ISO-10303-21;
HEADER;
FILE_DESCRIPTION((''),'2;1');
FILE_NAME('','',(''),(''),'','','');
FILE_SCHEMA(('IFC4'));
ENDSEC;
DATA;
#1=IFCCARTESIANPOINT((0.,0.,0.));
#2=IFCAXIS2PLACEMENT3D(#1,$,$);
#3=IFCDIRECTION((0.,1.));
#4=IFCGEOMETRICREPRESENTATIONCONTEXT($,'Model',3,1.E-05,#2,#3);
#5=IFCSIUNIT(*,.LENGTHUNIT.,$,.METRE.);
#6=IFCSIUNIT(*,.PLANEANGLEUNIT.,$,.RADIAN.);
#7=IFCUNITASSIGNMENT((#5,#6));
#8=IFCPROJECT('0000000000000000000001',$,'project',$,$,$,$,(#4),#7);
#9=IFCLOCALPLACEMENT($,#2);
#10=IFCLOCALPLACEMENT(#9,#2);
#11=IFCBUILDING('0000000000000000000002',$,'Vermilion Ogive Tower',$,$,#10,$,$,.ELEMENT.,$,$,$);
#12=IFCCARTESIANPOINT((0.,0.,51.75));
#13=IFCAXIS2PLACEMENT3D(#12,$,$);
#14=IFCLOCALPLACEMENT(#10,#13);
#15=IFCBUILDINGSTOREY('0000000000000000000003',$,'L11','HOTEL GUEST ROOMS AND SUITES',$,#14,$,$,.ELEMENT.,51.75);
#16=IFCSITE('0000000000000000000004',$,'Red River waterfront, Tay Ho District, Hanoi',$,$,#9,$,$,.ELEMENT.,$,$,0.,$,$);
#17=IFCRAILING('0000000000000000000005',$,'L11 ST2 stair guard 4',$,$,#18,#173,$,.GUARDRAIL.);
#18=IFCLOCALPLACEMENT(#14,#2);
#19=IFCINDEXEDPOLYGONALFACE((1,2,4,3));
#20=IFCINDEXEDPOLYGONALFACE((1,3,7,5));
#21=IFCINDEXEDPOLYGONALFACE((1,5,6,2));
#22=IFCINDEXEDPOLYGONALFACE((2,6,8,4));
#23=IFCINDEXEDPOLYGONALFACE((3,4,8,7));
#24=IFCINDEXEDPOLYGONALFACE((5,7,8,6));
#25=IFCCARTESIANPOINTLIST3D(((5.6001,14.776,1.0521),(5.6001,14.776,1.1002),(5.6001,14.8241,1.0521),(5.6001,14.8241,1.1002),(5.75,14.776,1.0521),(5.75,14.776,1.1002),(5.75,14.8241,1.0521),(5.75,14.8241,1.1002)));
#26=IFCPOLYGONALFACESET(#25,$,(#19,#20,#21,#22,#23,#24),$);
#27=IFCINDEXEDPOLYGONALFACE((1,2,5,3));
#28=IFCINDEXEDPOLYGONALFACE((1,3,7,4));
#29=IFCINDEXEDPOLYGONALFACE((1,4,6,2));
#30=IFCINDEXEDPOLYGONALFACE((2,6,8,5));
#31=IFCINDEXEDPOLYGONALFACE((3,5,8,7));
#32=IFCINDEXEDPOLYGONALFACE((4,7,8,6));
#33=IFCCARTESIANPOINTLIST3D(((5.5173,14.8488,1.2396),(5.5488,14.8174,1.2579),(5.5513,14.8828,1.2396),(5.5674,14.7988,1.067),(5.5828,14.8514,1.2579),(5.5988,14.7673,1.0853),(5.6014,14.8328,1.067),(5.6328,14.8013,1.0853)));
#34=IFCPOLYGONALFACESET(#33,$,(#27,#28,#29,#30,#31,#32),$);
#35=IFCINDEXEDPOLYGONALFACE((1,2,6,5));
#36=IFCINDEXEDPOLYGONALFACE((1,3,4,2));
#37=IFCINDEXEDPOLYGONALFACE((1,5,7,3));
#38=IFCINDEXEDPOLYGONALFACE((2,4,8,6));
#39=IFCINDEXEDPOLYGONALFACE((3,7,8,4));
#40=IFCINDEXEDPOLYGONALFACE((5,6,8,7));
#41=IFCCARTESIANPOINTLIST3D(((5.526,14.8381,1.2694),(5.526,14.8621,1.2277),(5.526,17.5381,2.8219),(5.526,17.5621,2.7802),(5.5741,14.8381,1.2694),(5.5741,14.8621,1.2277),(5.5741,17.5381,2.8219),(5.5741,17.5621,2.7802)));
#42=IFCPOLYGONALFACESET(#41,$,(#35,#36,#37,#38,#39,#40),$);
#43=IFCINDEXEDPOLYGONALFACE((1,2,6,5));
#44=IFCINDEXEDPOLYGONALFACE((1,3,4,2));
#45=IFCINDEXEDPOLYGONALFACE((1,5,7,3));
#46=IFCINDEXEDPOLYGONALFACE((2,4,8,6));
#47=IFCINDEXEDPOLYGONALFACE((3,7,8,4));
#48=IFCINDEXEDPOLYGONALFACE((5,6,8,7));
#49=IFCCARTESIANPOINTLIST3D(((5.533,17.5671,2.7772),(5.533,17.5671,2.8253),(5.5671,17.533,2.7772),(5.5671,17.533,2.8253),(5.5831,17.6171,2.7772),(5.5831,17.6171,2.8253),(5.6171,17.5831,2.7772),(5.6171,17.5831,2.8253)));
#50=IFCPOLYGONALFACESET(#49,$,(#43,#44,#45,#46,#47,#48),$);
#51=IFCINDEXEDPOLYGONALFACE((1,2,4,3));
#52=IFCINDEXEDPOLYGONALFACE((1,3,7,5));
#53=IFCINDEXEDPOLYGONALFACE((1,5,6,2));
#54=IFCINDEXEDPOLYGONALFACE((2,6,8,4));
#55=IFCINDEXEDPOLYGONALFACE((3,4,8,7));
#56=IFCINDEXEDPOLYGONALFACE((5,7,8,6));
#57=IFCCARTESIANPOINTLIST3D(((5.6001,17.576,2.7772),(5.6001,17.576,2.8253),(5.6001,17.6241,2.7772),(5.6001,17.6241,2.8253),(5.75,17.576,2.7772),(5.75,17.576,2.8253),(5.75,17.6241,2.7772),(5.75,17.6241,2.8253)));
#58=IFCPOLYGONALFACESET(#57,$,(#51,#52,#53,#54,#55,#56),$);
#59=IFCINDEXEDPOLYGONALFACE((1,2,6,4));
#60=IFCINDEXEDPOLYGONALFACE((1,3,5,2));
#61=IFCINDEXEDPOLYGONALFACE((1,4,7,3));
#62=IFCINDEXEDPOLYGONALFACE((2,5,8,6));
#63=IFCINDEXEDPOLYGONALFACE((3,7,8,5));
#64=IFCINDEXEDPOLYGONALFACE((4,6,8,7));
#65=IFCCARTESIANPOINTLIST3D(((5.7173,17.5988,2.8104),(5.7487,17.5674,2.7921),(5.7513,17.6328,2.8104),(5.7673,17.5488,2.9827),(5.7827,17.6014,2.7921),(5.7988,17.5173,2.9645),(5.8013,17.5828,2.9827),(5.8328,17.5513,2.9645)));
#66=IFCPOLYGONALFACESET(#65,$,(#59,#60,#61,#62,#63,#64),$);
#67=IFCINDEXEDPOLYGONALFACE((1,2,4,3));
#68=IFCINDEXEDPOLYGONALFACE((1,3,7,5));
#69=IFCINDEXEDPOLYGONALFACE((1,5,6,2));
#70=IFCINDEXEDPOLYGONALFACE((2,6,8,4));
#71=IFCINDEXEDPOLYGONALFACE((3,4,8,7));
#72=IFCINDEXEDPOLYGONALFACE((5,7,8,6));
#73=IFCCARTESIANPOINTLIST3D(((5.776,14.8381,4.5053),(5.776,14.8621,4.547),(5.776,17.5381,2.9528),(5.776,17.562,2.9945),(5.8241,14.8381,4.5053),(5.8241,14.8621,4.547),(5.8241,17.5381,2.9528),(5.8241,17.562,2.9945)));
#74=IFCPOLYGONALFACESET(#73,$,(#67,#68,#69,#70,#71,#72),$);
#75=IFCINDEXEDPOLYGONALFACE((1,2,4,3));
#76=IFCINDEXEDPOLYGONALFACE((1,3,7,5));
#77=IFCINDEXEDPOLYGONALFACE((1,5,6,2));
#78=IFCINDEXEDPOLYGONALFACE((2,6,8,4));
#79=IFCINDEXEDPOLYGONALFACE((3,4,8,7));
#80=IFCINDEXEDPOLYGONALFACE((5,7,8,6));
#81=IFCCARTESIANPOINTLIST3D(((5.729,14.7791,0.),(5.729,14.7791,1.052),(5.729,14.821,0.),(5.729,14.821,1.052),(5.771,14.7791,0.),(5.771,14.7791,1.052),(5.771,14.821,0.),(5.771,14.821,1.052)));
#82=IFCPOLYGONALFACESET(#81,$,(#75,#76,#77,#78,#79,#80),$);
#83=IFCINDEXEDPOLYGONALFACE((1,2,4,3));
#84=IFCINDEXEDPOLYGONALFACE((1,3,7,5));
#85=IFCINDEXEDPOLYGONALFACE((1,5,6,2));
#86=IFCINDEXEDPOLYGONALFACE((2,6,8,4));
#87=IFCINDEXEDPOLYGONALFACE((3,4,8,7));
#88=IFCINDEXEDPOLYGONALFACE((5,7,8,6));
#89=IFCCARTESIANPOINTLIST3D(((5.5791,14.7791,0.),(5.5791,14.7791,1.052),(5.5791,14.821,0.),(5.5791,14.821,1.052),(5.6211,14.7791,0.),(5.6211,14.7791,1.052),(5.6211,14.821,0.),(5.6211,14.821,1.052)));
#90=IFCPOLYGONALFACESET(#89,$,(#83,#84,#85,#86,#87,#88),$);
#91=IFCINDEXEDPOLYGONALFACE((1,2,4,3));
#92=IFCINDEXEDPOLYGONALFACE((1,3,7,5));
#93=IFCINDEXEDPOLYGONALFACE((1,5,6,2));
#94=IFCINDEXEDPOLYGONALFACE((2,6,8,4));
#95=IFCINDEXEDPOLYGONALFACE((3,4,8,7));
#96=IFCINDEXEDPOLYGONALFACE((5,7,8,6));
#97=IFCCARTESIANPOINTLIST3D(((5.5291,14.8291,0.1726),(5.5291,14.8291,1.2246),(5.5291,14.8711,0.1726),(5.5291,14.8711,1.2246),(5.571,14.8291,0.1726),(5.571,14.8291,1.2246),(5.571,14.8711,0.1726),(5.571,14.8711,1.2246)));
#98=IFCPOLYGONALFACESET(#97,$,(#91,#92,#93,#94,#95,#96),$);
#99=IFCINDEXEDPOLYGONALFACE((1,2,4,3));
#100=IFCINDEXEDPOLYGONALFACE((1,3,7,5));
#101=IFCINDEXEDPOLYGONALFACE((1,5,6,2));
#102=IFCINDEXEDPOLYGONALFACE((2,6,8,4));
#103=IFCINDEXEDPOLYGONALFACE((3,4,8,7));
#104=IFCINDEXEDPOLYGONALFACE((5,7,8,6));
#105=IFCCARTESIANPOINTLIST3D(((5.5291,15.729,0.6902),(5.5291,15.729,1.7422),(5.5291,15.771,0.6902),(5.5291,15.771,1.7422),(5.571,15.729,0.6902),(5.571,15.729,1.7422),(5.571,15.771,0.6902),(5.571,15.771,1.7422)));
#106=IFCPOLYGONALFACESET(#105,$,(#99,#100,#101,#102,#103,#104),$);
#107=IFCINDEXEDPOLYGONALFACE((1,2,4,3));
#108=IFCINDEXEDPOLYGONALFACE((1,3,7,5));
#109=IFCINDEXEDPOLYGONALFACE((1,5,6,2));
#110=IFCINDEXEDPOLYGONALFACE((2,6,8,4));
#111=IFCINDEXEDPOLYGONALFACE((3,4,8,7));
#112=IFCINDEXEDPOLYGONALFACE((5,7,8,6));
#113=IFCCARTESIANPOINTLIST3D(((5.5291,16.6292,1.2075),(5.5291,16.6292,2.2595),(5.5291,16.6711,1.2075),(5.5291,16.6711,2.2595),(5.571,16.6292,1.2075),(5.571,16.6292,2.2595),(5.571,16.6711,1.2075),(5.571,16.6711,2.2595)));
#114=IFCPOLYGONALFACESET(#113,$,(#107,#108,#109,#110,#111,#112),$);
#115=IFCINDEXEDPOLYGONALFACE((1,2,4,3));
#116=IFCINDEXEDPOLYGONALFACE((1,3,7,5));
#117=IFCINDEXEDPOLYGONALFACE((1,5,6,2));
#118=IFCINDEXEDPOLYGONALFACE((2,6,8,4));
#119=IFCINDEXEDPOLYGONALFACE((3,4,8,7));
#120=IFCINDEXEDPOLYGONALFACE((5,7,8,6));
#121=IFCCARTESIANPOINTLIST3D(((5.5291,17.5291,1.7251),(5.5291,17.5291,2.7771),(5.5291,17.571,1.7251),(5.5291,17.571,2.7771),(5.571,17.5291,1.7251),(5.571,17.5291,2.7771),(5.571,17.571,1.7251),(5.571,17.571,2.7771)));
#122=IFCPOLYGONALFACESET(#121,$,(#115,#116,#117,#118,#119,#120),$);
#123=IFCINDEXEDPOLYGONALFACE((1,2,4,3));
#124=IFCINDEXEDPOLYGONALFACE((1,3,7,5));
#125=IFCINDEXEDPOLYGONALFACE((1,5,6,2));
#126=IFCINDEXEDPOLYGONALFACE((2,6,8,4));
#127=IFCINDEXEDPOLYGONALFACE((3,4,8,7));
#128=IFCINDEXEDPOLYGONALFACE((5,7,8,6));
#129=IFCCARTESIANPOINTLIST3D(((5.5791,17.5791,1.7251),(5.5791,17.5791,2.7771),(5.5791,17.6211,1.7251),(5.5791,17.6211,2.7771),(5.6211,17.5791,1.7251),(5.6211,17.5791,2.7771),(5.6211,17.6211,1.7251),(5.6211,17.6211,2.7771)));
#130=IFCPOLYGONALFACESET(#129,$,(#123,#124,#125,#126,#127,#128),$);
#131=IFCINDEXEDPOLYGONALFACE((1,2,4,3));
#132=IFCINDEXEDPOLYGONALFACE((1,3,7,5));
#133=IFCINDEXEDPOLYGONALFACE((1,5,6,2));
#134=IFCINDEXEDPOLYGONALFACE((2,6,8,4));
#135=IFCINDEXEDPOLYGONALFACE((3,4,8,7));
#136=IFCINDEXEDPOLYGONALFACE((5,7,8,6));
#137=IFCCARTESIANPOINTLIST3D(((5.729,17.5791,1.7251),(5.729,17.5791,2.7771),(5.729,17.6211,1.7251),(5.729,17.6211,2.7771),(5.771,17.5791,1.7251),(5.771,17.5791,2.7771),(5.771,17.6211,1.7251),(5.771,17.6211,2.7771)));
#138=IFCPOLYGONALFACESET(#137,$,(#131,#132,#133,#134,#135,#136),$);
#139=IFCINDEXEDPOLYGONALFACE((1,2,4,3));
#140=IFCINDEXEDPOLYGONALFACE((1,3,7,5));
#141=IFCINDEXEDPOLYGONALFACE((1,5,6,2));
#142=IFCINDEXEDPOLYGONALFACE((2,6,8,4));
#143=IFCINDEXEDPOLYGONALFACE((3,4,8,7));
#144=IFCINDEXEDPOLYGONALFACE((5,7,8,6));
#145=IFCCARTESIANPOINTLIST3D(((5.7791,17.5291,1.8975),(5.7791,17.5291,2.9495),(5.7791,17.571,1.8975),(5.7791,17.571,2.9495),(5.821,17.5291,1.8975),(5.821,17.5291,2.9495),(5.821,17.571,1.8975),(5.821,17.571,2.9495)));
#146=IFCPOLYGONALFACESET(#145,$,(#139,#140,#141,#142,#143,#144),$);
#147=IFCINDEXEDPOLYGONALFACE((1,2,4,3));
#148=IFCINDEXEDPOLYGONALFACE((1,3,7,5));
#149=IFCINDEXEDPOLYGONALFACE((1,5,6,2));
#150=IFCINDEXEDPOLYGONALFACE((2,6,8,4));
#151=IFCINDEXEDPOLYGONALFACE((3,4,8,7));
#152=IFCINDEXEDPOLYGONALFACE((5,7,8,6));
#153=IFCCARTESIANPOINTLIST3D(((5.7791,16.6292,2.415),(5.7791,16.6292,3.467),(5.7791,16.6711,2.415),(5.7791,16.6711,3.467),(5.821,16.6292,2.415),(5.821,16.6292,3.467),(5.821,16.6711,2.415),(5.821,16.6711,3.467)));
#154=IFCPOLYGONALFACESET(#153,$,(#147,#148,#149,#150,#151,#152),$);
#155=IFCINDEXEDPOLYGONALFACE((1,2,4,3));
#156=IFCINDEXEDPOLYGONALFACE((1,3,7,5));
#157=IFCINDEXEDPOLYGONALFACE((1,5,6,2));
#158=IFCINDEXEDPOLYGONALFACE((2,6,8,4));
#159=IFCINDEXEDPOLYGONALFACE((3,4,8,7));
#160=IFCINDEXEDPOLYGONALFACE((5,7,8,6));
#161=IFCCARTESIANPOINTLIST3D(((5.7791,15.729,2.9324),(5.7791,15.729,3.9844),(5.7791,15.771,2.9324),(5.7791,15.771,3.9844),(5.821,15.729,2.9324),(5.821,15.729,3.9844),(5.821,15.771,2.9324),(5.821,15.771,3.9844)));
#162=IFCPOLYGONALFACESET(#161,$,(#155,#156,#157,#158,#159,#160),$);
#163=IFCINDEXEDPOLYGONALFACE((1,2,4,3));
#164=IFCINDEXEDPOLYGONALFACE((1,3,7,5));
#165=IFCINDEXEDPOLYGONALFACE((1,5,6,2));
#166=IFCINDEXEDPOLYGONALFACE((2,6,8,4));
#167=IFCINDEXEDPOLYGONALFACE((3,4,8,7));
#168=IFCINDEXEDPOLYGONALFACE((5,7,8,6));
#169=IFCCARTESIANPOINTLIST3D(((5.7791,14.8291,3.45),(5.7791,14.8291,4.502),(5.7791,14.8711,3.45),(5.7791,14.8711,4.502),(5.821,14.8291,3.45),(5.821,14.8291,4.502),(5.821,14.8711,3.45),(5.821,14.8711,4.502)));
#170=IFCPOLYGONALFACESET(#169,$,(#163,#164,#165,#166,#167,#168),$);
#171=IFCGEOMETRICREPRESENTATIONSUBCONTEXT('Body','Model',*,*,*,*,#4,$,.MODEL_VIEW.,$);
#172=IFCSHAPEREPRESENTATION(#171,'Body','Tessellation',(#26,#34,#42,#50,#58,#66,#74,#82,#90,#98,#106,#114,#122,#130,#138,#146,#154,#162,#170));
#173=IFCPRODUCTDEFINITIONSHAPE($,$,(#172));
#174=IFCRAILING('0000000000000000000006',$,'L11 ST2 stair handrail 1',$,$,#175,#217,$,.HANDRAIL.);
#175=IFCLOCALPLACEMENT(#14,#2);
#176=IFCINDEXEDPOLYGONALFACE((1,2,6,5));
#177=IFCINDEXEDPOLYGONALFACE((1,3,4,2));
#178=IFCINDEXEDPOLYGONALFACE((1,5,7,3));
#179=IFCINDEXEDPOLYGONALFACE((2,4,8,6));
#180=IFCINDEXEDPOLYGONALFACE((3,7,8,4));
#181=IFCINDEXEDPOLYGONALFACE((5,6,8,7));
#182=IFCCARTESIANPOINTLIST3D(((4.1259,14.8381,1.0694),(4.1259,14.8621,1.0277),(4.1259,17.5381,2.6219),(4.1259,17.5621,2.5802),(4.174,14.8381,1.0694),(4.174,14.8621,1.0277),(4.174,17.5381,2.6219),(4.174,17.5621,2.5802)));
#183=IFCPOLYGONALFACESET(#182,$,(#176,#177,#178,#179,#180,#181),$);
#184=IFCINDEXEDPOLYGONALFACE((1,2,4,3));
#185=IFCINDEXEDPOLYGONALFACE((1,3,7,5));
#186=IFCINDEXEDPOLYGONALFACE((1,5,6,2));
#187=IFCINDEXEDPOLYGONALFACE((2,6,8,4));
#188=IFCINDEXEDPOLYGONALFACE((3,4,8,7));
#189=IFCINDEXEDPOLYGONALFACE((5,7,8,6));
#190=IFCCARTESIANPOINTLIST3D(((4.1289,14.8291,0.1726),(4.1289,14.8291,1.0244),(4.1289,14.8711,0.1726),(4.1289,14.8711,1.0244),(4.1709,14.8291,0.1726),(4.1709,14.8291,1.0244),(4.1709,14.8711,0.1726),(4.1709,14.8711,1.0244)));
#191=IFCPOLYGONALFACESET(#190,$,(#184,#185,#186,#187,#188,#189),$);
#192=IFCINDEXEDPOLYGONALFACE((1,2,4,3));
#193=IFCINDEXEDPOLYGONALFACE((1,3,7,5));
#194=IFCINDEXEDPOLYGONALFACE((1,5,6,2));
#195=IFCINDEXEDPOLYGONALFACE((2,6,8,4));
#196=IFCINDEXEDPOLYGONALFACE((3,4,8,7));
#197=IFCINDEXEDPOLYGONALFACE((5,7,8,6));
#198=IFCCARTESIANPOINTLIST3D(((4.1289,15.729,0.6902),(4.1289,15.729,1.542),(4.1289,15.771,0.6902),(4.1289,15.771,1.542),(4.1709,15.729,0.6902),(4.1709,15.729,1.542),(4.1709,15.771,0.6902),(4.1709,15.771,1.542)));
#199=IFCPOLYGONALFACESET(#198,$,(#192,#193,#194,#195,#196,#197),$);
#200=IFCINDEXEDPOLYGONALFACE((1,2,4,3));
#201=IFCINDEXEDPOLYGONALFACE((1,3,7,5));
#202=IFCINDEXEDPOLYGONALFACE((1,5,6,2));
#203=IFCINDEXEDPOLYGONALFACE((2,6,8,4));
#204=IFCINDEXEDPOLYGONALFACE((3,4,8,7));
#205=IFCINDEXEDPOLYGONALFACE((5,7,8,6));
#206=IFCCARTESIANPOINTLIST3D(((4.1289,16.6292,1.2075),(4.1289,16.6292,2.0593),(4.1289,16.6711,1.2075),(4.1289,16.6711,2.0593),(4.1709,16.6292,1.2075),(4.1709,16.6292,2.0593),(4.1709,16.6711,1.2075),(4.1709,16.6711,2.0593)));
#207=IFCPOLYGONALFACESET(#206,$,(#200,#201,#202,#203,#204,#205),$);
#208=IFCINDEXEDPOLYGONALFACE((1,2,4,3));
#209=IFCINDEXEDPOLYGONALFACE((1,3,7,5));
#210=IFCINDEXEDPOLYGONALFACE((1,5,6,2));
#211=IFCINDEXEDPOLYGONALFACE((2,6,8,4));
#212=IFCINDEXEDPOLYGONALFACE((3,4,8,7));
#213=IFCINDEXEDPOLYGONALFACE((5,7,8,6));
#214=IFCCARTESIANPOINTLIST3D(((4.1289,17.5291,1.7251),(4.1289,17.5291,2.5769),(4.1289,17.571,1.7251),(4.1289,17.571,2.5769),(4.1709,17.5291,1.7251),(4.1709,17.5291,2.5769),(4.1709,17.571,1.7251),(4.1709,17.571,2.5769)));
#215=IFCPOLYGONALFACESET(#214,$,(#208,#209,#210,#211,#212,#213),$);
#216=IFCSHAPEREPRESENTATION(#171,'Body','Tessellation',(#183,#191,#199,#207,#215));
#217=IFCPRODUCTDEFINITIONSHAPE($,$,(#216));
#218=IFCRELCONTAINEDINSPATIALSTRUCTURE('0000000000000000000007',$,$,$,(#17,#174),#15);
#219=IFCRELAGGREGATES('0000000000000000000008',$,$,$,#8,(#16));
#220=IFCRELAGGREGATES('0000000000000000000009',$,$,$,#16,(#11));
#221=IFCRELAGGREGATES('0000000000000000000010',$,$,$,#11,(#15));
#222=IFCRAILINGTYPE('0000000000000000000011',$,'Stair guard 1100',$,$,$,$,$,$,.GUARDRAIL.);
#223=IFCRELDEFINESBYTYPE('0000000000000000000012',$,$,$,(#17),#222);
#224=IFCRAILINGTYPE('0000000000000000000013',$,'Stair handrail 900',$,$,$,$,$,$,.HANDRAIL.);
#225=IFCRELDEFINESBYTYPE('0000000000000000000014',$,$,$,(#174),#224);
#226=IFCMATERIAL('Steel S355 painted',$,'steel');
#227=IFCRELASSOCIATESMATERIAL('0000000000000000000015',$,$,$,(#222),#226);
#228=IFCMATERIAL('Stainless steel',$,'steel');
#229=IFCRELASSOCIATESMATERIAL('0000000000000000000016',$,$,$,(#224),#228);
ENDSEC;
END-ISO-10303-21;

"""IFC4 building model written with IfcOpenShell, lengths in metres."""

from ifc_helpers import new_model, si_unit, direction, frame, origin, origin_2d, place, context, subcontext, project, spatial, rectangle, extrude, material, type_object, element, save


model = new_model("IFC4")

# Units and contexts
model_context = context("Model", 3, precision=1e-05, world=origin(), true_north=direction((0.0, 1.0)))
body_context = subcontext(model_context, "Body", "Model", "MODEL_VIEW")
ifc_project = project(units=[si_unit("LENGTHUNIT", "METRE"), si_unit("PLANEANGLEUNIT", "RADIAN")], contexts=[model_context])

# Site, building, storey
site_placement = place(None, origin())
site = spatial("IfcSite", under=ifc_project, at=site_placement, Name="Red River waterfront, Tay Ho District, Hanoi", CompositionType="ELEMENT", RefElevation=0.0)
building_placement = place(site_placement, origin())
building = spatial("IfcBuilding", under=site, at=building_placement, Name="Vermilion Ogive Tower", CompositionType="ELEMENT")
storey_placement = place(building_placement, frame((0.0, 0.0, 51.75)))
storey = spatial("IfcBuildingStorey", under=building, at=storey_placement, Name="L11", Description="HOTEL GUEST ROOMS AND SUITES", CompositionType="ELEMENT", Elevation=51.75)

# Railings
ifc_material_1 = material(Name="Steel S355 painted", Category="steel")
railing_type_1 = type_object("IfcRailingType", Name="Stair guard 1100", PredefinedType="GUARDRAIL", material=ifc_material_1)
railing_1_placement = place(storey_placement, frame((5.75, 14.8, 0.0)))
element("IfcRailing", 1, at=railing_1_placement, inside=storey, type_object=railing_type_1, Name="L11 ST2 stair guard 4", PredefinedType="GUARDRAIL", context=body_context, shape_type="SweptSolid", body=[
    extrude(rectangle(XDim=0.0481, YDim=0.0481, at=origin_2d()), frame((0.0, 0.0, 1.0762), z_axis=(-1.0, 0.0, 0.0), x_axis=(0.0, -1.0, 0.0)), (0.0, 0.0, 1.0), 0.1499),
    extrude(rectangle(XDim=0.0481, YDim=0.0481, at=origin_2d()), frame((-0.1499, 0.0, 1.0762), z_axis=(-0.268278, 0.268278, 0.925232), x_axis=(-0.707107, -0.707107, 0.0)), (0.0, 0.0, 1.0), 0.1865),
    extrude(rectangle(XDim=0.0481, YDim=0.0481, at=origin_2d()), frame((-0.2, 0.05, 1.2485), z_axis=(0.0, 0.866904, 0.498476), x_axis=(-1.0, 0.0, 0.0)), (0.0, 0.0, 1.0), 3.1145),
    extrude(rectangle(XDim=0.0481, YDim=0.0481, at=origin_2d()), frame((-0.2, 2.75, 2.8013), z_axis=(0.707107, 0.707107, 0.0), x_axis=(-0.707107, 0.707107, 0.0)), (0.0, 0.0, 1.0), 0.0708),
    extrude(rectangle(XDim=0.0481, YDim=0.0481, at=origin_2d()), frame((-0.1499, 2.8, 2.8013), z_axis=(1.0, 0.0, 0.0), x_axis=(0.0, 1.0, 0.0)), (0.0, 0.0, 1.0), 0.1499),
    extrude(rectangle(XDim=0.0481, YDim=0.0481, at=origin_2d()), frame((0.0, 2.8, 2.8013), z_axis=(0.268603, -0.268603, 0.925043), x_axis=(0.707107, 0.707107, 0.0)), (0.0, 0.0, 1.0), 0.1863),
    extrude(rectangle(XDim=0.0481, YDim=0.0481, at=origin_2d()), frame((0.05, 2.75, 2.9736), z_axis=(0.0, -0.866904, 0.498476), x_axis=(1.0, 0.0, 0.0)), (0.0, 0.0, 1.0), 3.1145),
    extrude(rectangle(XDim=0.042, YDim=0.042, at=origin_2d()), origin(), (0.0, 0.0, 1.0), 1.052),
    extrude(rectangle(XDim=0.042, YDim=0.042, at=origin_2d()), frame((-0.1499, 0.0, 0.0)), (0.0, 0.0, 1.0), 1.052),
    extrude(rectangle(XDim=0.042, YDim=0.042, at=origin_2d()), frame((-0.2, 0.05, 0.1726)), (0.0, 0.0, 1.0), 1.052),
    extrude(rectangle(XDim=0.042, YDim=0.042, at=origin_2d()), frame((-0.2, 0.95, 0.6902)), (0.0, 0.0, 1.0), 1.052),
    extrude(rectangle(XDim=0.042, YDim=0.042, at=origin_2d()), frame((-0.2, 1.8501, 1.2075)), (0.0, 0.0, 1.0), 1.052),
    extrude(rectangle(XDim=0.042, YDim=0.042, at=origin_2d()), frame((-0.2, 2.75, 1.7251)), (0.0, 0.0, 1.0), 1.052),
    extrude(rectangle(XDim=0.042, YDim=0.042, at=origin_2d()), frame((-0.1499, 2.8, 1.7251)), (0.0, 0.0, 1.0), 1.052),
    extrude(rectangle(XDim=0.042, YDim=0.042, at=origin_2d()), frame((0.0, 2.8, 1.7251)), (0.0, 0.0, 1.0), 1.052),
    extrude(rectangle(XDim=0.042, YDim=0.042, at=origin_2d()), frame((0.05, 2.75, 1.8975)), (0.0, 0.0, 1.0), 1.052),
    extrude(rectangle(XDim=0.042, YDim=0.042, at=origin_2d()), frame((0.05, 1.8501, 2.415)), (0.0, 0.0, 1.0), 1.052),
    extrude(rectangle(XDim=0.042, YDim=0.042, at=origin_2d()), frame((0.05, 0.95, 2.9324)), (0.0, 0.0, 1.0), 1.052),
    extrude(rectangle(XDim=0.042, YDim=0.042, at=origin_2d()), frame((0.05, 0.05, 3.45)), (0.0, 0.0, 1.0), 1.052),
])
ifc_material_2 = material(Name="Stainless steel", Category="steel")
railing_type_2 = type_object("IfcRailingType", Name="Stair handrail 900", PredefinedType="HANDRAIL", material=ifc_material_2)
railing_2_placement = place(storey_placement, frame((4.1499, 14.8501, 0.1726)))
element("IfcRailing", 2, at=railing_2_placement, inside=storey, type_object=railing_type_2, Name="L11 ST2 stair handrail 1", PredefinedType="HANDRAIL", context=body_context, shape_type="SweptSolid", body=[
    extrude(rectangle(XDim=0.0481, YDim=0.0481, at=origin_2d()), frame((0.0, 0.0, 0.876), z_axis=(0.0, 0.866904, 0.498476), x_axis=(-1.0, 0.0, 0.0)), (0.0, 0.0, 1.0), 3.1145),
    extrude(rectangle(XDim=0.042, YDim=0.042, at=origin_2d()), origin(), (0.0, 0.0, 1.0), 0.8518),
    extrude(rectangle(XDim=0.042, YDim=0.042, at=origin_2d()), frame((0.0, 0.8999, 0.5176)), (0.0, 0.0, 1.0), 0.8518),
    extrude(rectangle(XDim=0.042, YDim=0.042, at=origin_2d()), frame((0.0, 1.8, 1.0349)), (0.0, 0.0, 1.0), 0.8518),
    extrude(rectangle(XDim=0.042, YDim=0.042, at=origin_2d()), frame((0.0, 2.7, 1.5525)), (0.0, 0.0, 1.0), 0.8518),
])

save(model, "model.ifc")
